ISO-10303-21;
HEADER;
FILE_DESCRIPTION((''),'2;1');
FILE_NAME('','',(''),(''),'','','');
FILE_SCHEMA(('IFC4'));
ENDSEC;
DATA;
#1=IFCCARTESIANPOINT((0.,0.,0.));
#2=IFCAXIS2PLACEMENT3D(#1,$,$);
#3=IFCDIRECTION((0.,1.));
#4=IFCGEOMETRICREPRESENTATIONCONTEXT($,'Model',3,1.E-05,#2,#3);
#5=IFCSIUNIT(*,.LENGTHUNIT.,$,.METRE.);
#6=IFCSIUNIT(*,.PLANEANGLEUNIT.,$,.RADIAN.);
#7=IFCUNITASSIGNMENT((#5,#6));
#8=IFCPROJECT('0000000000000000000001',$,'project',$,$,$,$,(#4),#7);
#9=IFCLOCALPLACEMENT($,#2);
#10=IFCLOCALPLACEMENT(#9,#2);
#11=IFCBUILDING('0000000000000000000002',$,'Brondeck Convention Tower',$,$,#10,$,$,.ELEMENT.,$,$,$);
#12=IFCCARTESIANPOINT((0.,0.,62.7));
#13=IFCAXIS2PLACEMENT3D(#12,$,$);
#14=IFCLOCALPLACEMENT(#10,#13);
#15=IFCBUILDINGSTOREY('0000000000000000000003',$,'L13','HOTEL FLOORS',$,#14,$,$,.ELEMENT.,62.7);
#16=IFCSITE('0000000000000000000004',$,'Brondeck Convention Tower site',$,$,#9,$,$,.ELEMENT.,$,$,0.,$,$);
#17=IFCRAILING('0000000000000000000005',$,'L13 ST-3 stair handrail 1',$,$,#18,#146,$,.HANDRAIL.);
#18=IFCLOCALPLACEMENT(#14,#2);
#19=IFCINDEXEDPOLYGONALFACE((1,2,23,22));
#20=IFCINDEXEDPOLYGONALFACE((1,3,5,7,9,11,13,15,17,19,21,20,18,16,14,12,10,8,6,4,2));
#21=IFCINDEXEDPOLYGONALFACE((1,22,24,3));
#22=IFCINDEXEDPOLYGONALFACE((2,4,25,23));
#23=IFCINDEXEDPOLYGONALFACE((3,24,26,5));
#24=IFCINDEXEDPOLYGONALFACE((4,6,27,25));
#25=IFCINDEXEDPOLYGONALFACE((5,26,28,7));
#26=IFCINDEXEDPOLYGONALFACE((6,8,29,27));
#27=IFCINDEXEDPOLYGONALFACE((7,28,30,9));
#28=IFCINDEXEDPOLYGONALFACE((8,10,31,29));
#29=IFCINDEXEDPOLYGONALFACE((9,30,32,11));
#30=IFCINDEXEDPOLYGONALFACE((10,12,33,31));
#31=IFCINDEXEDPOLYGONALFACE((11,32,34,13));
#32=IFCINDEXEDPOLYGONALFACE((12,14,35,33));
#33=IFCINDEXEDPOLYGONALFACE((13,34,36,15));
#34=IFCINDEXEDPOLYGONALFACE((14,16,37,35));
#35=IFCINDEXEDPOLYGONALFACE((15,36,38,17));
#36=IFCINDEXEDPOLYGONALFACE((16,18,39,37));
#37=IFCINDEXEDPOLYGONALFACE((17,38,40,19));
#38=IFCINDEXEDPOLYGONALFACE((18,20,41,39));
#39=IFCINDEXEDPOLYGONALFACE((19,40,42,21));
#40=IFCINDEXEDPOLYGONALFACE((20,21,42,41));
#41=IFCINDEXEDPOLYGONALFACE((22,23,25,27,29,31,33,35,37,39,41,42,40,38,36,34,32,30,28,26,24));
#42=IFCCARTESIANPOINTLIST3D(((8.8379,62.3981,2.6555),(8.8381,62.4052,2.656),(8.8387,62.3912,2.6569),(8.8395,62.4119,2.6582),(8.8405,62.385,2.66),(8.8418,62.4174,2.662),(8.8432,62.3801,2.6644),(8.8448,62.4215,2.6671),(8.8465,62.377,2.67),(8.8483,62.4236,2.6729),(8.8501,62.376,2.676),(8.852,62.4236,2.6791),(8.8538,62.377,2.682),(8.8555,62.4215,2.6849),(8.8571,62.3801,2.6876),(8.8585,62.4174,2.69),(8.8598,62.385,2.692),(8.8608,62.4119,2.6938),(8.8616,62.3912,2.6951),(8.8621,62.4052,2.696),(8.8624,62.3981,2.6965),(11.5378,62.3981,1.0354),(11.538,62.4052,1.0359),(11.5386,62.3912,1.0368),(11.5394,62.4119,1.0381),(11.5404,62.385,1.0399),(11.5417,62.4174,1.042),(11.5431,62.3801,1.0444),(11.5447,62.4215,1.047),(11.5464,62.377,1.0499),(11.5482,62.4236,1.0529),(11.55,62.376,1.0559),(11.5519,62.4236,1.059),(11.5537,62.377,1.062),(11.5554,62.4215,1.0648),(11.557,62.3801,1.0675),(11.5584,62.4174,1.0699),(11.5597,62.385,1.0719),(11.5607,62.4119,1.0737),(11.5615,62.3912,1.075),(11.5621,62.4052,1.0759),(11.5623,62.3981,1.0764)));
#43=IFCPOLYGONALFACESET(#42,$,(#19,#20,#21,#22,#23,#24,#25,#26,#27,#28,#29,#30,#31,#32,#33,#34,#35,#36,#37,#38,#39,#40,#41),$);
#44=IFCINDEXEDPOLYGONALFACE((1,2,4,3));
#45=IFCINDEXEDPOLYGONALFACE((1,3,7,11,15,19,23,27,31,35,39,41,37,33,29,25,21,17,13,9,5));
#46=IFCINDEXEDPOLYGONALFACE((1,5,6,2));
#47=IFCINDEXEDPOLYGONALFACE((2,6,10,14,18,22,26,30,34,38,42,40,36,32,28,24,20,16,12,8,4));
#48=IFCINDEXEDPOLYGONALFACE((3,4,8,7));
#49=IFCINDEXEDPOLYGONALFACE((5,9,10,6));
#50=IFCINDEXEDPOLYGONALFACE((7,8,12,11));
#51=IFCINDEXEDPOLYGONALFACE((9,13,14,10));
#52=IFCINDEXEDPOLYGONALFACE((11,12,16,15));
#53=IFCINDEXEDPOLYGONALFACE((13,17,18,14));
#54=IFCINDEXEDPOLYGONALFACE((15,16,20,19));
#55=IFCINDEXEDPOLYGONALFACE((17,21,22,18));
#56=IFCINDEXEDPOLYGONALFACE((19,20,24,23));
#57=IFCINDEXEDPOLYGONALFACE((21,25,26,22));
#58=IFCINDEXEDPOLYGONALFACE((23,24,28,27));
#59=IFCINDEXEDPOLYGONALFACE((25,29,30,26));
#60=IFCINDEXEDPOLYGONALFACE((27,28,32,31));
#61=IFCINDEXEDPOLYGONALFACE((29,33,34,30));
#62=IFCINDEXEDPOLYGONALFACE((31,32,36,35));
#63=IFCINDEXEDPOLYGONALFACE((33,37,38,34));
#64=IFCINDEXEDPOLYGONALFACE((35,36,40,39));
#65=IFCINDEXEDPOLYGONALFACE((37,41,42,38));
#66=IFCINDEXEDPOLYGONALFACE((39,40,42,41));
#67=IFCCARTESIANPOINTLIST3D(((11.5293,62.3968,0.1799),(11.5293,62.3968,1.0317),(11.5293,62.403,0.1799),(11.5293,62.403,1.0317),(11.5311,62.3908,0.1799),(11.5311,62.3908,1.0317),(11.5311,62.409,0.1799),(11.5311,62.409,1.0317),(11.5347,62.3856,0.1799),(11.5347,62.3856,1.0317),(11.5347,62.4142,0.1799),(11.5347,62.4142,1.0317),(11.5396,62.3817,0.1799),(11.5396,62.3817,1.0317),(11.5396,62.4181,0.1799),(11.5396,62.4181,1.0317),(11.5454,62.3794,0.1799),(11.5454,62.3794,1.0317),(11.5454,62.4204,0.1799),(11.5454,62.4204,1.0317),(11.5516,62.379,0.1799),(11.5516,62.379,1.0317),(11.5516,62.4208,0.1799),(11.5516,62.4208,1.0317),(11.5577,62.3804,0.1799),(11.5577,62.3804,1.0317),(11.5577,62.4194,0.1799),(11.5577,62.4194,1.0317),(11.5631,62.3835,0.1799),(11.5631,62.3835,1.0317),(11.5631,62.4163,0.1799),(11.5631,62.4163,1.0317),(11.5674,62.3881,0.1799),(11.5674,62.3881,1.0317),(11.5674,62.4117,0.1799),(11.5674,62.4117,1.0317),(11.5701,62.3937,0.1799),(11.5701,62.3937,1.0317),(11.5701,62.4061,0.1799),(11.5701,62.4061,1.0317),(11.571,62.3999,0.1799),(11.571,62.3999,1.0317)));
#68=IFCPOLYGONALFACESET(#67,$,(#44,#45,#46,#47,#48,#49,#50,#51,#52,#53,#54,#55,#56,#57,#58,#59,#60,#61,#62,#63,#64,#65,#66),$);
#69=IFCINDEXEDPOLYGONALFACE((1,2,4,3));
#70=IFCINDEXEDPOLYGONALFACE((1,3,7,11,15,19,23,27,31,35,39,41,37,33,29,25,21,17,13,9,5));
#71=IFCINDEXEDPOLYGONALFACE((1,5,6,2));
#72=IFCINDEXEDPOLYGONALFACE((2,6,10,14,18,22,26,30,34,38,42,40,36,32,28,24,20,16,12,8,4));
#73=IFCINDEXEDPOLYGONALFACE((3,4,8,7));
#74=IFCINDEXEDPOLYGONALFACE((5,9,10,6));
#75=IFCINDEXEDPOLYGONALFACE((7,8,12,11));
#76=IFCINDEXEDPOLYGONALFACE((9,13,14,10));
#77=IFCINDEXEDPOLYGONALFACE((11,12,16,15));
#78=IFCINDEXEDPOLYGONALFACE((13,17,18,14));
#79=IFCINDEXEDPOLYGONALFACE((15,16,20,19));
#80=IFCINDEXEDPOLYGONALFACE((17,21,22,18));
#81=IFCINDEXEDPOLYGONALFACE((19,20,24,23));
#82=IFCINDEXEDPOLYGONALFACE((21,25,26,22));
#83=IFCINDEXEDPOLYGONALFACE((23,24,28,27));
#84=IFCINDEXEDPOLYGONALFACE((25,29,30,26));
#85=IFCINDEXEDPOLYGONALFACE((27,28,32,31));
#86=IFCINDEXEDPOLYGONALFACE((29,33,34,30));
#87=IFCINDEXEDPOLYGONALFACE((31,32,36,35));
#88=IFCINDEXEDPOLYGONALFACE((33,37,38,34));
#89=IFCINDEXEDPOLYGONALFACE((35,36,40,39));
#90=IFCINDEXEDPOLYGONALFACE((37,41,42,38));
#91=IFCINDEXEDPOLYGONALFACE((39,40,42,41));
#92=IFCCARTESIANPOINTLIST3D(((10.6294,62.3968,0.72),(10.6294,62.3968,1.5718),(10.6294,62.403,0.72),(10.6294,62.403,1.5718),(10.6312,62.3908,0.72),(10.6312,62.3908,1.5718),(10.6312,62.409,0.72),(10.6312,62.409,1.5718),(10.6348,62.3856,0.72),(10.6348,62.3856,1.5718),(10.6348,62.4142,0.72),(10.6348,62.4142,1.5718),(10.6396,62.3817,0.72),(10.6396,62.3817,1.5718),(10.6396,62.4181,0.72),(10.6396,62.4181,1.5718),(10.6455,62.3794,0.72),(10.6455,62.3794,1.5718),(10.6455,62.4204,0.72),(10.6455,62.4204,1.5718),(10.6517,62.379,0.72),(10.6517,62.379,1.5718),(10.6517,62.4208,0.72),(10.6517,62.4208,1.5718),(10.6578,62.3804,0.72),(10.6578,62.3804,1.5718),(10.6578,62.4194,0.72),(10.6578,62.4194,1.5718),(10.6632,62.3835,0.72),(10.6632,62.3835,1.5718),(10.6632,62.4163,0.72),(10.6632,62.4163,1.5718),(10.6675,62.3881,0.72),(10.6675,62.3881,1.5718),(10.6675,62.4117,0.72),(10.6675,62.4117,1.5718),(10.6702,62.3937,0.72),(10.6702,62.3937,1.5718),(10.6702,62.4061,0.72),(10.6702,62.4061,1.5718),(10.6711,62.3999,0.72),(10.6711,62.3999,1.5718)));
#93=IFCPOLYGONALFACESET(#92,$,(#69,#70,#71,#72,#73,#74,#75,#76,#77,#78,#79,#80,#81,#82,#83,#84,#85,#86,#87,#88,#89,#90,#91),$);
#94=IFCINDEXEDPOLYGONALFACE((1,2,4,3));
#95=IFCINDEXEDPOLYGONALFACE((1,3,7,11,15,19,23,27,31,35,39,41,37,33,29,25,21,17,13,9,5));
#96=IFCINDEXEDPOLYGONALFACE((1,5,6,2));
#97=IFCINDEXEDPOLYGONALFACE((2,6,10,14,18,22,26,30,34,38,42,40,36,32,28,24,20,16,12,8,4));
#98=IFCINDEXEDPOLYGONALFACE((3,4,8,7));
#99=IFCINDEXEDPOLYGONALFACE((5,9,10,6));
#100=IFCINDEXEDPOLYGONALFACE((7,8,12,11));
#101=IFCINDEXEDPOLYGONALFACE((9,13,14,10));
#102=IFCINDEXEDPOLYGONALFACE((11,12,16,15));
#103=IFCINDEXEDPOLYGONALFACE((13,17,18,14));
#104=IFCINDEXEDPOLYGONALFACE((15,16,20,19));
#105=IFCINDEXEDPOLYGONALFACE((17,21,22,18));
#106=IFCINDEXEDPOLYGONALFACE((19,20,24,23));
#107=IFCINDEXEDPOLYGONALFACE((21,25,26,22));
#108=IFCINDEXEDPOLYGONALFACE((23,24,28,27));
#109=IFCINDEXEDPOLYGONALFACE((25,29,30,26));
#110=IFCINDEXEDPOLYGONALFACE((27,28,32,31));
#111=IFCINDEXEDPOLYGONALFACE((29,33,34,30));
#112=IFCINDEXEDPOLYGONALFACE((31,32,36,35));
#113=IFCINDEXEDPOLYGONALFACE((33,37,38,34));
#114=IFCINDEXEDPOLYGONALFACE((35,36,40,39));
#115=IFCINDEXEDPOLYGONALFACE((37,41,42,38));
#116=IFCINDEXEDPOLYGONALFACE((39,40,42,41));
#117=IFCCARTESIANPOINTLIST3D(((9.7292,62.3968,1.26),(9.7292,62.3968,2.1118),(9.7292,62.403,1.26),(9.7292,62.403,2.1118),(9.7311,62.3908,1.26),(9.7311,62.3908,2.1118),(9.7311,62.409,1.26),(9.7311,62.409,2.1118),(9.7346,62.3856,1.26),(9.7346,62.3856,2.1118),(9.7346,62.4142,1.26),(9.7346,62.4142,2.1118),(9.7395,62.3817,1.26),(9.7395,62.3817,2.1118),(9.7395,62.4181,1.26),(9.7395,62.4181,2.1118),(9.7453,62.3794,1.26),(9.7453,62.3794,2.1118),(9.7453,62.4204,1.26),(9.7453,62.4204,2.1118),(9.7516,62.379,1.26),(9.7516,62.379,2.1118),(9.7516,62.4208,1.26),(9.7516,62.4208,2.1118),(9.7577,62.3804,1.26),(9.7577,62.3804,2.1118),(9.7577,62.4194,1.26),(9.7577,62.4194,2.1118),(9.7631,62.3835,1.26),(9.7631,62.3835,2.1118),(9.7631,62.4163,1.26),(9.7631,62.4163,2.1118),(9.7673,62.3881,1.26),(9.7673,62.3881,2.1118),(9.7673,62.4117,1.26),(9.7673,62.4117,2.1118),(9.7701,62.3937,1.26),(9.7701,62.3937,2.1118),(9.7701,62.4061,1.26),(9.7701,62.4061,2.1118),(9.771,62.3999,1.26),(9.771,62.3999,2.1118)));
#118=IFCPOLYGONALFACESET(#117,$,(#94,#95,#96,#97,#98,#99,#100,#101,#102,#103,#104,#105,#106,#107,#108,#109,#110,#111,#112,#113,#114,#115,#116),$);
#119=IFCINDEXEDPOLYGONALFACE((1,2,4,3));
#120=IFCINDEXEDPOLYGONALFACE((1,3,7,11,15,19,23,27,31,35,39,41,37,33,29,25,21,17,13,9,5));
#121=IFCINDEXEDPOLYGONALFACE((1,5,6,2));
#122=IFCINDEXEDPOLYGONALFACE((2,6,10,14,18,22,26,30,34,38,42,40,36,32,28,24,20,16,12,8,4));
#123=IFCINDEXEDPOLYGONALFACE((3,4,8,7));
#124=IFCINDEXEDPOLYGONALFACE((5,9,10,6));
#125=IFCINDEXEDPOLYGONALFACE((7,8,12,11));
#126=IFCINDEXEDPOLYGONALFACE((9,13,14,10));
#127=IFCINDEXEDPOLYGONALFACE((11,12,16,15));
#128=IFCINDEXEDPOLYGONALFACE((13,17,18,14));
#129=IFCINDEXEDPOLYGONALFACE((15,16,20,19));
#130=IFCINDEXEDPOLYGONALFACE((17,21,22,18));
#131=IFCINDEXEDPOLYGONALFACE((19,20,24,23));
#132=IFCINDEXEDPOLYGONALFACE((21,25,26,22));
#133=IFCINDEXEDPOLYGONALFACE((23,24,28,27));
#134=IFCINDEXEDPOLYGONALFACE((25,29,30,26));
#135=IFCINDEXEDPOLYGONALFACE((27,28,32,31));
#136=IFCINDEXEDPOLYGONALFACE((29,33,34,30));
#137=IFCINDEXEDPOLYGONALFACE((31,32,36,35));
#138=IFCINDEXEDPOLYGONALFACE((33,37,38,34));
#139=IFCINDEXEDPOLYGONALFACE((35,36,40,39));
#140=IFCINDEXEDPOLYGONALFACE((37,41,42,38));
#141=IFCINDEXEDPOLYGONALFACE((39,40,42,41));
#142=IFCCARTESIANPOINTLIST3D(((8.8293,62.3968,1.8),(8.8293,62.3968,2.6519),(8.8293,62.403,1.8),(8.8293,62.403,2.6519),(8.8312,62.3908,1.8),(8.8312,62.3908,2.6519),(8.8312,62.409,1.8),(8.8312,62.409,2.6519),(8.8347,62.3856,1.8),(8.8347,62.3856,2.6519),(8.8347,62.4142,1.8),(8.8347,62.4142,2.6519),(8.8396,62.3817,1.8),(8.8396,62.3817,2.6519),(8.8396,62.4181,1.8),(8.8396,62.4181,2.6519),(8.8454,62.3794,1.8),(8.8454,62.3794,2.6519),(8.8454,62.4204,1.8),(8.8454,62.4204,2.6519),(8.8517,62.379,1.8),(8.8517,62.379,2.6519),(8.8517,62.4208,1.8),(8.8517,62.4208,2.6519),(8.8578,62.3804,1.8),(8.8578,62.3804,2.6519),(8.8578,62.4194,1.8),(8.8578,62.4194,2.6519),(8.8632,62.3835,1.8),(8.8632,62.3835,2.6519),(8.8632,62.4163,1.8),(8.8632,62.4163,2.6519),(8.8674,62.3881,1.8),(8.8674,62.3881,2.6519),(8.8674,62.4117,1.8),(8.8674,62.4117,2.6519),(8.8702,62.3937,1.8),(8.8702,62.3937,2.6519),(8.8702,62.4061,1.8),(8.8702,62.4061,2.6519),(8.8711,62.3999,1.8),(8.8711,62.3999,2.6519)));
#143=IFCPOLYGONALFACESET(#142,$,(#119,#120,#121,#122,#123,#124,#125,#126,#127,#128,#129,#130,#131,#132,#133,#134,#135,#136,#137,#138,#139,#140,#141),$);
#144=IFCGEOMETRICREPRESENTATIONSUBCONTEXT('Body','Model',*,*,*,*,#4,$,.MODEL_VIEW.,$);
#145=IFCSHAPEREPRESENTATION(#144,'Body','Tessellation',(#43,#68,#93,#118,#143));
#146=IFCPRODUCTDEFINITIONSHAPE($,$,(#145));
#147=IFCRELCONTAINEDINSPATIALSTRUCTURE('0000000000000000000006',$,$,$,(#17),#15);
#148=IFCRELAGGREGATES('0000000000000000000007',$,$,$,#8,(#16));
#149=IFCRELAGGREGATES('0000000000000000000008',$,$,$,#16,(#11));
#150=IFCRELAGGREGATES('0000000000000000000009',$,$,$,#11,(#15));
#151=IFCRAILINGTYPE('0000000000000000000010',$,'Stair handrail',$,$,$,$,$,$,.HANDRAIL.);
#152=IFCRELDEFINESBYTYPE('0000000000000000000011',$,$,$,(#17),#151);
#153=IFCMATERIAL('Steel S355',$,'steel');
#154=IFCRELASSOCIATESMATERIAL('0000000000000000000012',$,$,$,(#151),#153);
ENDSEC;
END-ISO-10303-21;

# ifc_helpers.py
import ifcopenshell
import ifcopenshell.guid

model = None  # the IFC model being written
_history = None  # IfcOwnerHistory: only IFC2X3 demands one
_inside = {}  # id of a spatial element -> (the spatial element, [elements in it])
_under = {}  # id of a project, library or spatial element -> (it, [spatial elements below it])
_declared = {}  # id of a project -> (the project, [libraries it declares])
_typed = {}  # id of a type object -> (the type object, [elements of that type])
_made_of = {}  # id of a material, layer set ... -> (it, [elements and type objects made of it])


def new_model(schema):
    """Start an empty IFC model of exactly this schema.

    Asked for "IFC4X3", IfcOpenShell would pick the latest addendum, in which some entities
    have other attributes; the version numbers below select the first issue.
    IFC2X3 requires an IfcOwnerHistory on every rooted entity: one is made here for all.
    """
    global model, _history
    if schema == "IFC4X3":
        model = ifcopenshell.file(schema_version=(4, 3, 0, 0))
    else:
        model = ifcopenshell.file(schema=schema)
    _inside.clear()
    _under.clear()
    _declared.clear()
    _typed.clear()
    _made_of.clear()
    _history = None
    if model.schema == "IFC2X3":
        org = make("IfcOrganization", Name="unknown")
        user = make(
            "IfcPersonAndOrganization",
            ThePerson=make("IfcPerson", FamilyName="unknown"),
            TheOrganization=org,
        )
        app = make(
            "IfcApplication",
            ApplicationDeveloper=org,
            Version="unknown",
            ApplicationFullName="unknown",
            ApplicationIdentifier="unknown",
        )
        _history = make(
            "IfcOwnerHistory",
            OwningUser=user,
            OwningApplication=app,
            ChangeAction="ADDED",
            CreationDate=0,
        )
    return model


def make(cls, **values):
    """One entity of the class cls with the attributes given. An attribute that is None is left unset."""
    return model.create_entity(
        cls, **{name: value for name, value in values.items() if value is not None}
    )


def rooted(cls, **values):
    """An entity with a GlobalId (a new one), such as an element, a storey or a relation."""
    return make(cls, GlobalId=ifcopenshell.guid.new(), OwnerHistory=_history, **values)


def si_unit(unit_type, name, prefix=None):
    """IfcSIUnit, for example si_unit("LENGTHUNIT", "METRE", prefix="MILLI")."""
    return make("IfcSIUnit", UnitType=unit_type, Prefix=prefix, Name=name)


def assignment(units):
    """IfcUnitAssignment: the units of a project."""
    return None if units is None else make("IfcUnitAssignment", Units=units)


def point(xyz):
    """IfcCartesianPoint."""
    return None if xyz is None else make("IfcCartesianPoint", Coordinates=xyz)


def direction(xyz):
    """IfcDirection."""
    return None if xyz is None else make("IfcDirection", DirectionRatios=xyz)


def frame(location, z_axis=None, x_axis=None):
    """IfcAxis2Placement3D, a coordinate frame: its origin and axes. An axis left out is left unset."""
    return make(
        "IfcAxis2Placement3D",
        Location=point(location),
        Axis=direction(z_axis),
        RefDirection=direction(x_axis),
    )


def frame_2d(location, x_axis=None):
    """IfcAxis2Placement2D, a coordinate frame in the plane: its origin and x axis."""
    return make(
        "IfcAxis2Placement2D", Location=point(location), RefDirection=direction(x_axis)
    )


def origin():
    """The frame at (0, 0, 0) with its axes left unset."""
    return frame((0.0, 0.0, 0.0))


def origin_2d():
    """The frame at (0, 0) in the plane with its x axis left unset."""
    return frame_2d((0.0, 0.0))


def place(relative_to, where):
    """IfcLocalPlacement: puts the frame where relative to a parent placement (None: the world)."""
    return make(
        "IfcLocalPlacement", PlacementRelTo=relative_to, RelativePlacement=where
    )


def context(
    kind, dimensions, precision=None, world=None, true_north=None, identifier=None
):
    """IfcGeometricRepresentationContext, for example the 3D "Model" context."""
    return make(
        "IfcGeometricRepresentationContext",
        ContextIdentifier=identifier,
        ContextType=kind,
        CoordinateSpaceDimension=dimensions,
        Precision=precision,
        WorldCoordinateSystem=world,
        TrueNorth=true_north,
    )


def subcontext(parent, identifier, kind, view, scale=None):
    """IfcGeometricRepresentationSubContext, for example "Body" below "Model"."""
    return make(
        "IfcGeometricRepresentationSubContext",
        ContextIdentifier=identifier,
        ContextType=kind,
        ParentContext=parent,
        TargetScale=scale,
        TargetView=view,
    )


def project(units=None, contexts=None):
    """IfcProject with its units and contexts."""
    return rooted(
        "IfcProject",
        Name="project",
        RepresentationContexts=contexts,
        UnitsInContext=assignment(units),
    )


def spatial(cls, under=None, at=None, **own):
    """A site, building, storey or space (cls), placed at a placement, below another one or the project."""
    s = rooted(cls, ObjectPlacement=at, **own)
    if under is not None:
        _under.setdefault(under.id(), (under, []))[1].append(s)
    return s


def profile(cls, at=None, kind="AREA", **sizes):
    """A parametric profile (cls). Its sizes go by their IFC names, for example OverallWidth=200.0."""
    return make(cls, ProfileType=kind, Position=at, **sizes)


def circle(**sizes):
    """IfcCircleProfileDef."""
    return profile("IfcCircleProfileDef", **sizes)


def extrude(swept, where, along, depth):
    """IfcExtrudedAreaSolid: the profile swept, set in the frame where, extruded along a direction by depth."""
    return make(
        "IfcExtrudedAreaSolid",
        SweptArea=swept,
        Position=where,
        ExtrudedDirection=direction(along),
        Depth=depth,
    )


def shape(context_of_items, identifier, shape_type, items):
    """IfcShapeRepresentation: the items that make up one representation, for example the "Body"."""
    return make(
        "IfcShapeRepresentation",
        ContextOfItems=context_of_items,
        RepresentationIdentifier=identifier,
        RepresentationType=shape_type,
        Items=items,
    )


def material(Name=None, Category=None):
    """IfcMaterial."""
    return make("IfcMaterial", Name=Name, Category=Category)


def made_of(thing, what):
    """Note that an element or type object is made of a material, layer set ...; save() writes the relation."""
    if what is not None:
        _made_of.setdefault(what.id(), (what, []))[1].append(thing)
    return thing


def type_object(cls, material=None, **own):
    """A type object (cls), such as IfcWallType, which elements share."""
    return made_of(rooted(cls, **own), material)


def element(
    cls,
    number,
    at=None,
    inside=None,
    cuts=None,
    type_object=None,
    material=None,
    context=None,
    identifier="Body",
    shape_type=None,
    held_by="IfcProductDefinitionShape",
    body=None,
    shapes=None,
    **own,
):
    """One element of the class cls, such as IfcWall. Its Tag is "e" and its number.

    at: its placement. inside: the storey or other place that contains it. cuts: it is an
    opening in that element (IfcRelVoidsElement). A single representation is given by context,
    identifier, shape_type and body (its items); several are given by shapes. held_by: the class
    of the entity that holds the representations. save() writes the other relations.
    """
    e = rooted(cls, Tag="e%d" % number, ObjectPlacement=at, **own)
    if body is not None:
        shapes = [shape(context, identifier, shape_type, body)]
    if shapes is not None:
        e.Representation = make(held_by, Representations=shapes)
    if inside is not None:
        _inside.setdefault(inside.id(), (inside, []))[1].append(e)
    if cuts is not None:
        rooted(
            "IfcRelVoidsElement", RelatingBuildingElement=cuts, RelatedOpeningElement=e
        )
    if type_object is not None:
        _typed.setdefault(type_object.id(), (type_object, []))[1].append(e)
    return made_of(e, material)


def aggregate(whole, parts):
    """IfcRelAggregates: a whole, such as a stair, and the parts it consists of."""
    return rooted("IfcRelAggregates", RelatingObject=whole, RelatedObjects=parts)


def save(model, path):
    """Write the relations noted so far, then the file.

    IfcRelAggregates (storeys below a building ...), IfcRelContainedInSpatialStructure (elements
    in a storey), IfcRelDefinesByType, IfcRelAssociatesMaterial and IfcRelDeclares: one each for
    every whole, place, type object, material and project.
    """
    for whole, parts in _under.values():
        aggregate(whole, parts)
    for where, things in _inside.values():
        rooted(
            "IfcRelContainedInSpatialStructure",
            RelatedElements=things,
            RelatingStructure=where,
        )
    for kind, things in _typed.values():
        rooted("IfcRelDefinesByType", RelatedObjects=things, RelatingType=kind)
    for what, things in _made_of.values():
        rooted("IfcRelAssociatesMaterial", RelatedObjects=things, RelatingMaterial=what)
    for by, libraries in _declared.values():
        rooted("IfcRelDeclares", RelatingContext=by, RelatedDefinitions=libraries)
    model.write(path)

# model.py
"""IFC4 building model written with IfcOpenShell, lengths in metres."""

from ifc_helpers import new_model, si_unit, direction, frame, origin, origin_2d, place, context, subcontext, project, spatial, circle, extrude, material, type_object, element, save


model = new_model("IFC4")

# Units and contexts
model_context = context("Model", 3, precision=1e-05, world=origin(), true_north=direction((0.0, 1.0)))
body_context = subcontext(model_context, "Body", "Model", "MODEL_VIEW")
ifc_project = project(units=[si_unit("LENGTHUNIT", "METRE"), si_unit("PLANEANGLEUNIT", "RADIAN")], contexts=[model_context])

# Site, building, storey
site_placement = place(None, origin())
site = spatial("IfcSite", under=ifc_project, at=site_placement, Name="Brondeck Convention Tower site", CompositionType="ELEMENT", RefElevation=0.0)
building_placement = place(site_placement, origin())
building = spatial("IfcBuilding", under=site, at=building_placement, Name="Brondeck Convention Tower", CompositionType="ELEMENT")
storey_placement = place(building_placement, frame((0.0, 0.0, 62.7)))
storey = spatial("IfcBuildingStorey", under=building, at=storey_placement, Name="L13", Description="HOTEL FLOORS", CompositionType="ELEMENT", Elevation=62.7)

# Railing
ifc_material_1 = material(Name="Steel S355", Category="steel")
railing_type_1 = type_object("IfcRailingType", Name="Stair handrail", PredefinedType="HANDRAIL", material=ifc_material_1)
railing_1_placement = place(storey_placement, frame((11.55, 62.3999, 0.1799)))
element("IfcRailing", 1, at=railing_1_placement, inside=storey, type_object=railing_type_1, Name="L13 ST-3 stair handrail 1", PredefinedType="HANDRAIL", context=body_context, shape_type="SweptSolid", body=[
    extrude(circle(Radius=0.0239, at=origin_2d()), frame((0.0, 0.0, 0.876), z_axis=(-0.857472, 0.0, 0.51453), x_axis=(0.0, -1.0, 0.0)), (0.0, 0.0, 1.0), 3.1487),
    extrude(circle(Radius=0.021, at=origin_2d()), origin(), (0.0, 0.0, 1.0), 0.8518),
    extrude(circle(Radius=0.021, at=origin_2d()), frame((-0.8999, 0.0, 0.54)), (0.0, 0.0, 1.0), 0.8518),
    extrude(circle(Radius=0.021, at=origin_2d()), frame((-1.8, 0.0, 1.0801)), (0.0, 0.0, 1.0), 0.8518),
    extrude(circle(Radius=0.021, at=origin_2d()), frame((-2.7, 0.0, 1.6201)), (0.0, 0.0, 1.0), 0.8518),
])

save(model, "model.ifc")
